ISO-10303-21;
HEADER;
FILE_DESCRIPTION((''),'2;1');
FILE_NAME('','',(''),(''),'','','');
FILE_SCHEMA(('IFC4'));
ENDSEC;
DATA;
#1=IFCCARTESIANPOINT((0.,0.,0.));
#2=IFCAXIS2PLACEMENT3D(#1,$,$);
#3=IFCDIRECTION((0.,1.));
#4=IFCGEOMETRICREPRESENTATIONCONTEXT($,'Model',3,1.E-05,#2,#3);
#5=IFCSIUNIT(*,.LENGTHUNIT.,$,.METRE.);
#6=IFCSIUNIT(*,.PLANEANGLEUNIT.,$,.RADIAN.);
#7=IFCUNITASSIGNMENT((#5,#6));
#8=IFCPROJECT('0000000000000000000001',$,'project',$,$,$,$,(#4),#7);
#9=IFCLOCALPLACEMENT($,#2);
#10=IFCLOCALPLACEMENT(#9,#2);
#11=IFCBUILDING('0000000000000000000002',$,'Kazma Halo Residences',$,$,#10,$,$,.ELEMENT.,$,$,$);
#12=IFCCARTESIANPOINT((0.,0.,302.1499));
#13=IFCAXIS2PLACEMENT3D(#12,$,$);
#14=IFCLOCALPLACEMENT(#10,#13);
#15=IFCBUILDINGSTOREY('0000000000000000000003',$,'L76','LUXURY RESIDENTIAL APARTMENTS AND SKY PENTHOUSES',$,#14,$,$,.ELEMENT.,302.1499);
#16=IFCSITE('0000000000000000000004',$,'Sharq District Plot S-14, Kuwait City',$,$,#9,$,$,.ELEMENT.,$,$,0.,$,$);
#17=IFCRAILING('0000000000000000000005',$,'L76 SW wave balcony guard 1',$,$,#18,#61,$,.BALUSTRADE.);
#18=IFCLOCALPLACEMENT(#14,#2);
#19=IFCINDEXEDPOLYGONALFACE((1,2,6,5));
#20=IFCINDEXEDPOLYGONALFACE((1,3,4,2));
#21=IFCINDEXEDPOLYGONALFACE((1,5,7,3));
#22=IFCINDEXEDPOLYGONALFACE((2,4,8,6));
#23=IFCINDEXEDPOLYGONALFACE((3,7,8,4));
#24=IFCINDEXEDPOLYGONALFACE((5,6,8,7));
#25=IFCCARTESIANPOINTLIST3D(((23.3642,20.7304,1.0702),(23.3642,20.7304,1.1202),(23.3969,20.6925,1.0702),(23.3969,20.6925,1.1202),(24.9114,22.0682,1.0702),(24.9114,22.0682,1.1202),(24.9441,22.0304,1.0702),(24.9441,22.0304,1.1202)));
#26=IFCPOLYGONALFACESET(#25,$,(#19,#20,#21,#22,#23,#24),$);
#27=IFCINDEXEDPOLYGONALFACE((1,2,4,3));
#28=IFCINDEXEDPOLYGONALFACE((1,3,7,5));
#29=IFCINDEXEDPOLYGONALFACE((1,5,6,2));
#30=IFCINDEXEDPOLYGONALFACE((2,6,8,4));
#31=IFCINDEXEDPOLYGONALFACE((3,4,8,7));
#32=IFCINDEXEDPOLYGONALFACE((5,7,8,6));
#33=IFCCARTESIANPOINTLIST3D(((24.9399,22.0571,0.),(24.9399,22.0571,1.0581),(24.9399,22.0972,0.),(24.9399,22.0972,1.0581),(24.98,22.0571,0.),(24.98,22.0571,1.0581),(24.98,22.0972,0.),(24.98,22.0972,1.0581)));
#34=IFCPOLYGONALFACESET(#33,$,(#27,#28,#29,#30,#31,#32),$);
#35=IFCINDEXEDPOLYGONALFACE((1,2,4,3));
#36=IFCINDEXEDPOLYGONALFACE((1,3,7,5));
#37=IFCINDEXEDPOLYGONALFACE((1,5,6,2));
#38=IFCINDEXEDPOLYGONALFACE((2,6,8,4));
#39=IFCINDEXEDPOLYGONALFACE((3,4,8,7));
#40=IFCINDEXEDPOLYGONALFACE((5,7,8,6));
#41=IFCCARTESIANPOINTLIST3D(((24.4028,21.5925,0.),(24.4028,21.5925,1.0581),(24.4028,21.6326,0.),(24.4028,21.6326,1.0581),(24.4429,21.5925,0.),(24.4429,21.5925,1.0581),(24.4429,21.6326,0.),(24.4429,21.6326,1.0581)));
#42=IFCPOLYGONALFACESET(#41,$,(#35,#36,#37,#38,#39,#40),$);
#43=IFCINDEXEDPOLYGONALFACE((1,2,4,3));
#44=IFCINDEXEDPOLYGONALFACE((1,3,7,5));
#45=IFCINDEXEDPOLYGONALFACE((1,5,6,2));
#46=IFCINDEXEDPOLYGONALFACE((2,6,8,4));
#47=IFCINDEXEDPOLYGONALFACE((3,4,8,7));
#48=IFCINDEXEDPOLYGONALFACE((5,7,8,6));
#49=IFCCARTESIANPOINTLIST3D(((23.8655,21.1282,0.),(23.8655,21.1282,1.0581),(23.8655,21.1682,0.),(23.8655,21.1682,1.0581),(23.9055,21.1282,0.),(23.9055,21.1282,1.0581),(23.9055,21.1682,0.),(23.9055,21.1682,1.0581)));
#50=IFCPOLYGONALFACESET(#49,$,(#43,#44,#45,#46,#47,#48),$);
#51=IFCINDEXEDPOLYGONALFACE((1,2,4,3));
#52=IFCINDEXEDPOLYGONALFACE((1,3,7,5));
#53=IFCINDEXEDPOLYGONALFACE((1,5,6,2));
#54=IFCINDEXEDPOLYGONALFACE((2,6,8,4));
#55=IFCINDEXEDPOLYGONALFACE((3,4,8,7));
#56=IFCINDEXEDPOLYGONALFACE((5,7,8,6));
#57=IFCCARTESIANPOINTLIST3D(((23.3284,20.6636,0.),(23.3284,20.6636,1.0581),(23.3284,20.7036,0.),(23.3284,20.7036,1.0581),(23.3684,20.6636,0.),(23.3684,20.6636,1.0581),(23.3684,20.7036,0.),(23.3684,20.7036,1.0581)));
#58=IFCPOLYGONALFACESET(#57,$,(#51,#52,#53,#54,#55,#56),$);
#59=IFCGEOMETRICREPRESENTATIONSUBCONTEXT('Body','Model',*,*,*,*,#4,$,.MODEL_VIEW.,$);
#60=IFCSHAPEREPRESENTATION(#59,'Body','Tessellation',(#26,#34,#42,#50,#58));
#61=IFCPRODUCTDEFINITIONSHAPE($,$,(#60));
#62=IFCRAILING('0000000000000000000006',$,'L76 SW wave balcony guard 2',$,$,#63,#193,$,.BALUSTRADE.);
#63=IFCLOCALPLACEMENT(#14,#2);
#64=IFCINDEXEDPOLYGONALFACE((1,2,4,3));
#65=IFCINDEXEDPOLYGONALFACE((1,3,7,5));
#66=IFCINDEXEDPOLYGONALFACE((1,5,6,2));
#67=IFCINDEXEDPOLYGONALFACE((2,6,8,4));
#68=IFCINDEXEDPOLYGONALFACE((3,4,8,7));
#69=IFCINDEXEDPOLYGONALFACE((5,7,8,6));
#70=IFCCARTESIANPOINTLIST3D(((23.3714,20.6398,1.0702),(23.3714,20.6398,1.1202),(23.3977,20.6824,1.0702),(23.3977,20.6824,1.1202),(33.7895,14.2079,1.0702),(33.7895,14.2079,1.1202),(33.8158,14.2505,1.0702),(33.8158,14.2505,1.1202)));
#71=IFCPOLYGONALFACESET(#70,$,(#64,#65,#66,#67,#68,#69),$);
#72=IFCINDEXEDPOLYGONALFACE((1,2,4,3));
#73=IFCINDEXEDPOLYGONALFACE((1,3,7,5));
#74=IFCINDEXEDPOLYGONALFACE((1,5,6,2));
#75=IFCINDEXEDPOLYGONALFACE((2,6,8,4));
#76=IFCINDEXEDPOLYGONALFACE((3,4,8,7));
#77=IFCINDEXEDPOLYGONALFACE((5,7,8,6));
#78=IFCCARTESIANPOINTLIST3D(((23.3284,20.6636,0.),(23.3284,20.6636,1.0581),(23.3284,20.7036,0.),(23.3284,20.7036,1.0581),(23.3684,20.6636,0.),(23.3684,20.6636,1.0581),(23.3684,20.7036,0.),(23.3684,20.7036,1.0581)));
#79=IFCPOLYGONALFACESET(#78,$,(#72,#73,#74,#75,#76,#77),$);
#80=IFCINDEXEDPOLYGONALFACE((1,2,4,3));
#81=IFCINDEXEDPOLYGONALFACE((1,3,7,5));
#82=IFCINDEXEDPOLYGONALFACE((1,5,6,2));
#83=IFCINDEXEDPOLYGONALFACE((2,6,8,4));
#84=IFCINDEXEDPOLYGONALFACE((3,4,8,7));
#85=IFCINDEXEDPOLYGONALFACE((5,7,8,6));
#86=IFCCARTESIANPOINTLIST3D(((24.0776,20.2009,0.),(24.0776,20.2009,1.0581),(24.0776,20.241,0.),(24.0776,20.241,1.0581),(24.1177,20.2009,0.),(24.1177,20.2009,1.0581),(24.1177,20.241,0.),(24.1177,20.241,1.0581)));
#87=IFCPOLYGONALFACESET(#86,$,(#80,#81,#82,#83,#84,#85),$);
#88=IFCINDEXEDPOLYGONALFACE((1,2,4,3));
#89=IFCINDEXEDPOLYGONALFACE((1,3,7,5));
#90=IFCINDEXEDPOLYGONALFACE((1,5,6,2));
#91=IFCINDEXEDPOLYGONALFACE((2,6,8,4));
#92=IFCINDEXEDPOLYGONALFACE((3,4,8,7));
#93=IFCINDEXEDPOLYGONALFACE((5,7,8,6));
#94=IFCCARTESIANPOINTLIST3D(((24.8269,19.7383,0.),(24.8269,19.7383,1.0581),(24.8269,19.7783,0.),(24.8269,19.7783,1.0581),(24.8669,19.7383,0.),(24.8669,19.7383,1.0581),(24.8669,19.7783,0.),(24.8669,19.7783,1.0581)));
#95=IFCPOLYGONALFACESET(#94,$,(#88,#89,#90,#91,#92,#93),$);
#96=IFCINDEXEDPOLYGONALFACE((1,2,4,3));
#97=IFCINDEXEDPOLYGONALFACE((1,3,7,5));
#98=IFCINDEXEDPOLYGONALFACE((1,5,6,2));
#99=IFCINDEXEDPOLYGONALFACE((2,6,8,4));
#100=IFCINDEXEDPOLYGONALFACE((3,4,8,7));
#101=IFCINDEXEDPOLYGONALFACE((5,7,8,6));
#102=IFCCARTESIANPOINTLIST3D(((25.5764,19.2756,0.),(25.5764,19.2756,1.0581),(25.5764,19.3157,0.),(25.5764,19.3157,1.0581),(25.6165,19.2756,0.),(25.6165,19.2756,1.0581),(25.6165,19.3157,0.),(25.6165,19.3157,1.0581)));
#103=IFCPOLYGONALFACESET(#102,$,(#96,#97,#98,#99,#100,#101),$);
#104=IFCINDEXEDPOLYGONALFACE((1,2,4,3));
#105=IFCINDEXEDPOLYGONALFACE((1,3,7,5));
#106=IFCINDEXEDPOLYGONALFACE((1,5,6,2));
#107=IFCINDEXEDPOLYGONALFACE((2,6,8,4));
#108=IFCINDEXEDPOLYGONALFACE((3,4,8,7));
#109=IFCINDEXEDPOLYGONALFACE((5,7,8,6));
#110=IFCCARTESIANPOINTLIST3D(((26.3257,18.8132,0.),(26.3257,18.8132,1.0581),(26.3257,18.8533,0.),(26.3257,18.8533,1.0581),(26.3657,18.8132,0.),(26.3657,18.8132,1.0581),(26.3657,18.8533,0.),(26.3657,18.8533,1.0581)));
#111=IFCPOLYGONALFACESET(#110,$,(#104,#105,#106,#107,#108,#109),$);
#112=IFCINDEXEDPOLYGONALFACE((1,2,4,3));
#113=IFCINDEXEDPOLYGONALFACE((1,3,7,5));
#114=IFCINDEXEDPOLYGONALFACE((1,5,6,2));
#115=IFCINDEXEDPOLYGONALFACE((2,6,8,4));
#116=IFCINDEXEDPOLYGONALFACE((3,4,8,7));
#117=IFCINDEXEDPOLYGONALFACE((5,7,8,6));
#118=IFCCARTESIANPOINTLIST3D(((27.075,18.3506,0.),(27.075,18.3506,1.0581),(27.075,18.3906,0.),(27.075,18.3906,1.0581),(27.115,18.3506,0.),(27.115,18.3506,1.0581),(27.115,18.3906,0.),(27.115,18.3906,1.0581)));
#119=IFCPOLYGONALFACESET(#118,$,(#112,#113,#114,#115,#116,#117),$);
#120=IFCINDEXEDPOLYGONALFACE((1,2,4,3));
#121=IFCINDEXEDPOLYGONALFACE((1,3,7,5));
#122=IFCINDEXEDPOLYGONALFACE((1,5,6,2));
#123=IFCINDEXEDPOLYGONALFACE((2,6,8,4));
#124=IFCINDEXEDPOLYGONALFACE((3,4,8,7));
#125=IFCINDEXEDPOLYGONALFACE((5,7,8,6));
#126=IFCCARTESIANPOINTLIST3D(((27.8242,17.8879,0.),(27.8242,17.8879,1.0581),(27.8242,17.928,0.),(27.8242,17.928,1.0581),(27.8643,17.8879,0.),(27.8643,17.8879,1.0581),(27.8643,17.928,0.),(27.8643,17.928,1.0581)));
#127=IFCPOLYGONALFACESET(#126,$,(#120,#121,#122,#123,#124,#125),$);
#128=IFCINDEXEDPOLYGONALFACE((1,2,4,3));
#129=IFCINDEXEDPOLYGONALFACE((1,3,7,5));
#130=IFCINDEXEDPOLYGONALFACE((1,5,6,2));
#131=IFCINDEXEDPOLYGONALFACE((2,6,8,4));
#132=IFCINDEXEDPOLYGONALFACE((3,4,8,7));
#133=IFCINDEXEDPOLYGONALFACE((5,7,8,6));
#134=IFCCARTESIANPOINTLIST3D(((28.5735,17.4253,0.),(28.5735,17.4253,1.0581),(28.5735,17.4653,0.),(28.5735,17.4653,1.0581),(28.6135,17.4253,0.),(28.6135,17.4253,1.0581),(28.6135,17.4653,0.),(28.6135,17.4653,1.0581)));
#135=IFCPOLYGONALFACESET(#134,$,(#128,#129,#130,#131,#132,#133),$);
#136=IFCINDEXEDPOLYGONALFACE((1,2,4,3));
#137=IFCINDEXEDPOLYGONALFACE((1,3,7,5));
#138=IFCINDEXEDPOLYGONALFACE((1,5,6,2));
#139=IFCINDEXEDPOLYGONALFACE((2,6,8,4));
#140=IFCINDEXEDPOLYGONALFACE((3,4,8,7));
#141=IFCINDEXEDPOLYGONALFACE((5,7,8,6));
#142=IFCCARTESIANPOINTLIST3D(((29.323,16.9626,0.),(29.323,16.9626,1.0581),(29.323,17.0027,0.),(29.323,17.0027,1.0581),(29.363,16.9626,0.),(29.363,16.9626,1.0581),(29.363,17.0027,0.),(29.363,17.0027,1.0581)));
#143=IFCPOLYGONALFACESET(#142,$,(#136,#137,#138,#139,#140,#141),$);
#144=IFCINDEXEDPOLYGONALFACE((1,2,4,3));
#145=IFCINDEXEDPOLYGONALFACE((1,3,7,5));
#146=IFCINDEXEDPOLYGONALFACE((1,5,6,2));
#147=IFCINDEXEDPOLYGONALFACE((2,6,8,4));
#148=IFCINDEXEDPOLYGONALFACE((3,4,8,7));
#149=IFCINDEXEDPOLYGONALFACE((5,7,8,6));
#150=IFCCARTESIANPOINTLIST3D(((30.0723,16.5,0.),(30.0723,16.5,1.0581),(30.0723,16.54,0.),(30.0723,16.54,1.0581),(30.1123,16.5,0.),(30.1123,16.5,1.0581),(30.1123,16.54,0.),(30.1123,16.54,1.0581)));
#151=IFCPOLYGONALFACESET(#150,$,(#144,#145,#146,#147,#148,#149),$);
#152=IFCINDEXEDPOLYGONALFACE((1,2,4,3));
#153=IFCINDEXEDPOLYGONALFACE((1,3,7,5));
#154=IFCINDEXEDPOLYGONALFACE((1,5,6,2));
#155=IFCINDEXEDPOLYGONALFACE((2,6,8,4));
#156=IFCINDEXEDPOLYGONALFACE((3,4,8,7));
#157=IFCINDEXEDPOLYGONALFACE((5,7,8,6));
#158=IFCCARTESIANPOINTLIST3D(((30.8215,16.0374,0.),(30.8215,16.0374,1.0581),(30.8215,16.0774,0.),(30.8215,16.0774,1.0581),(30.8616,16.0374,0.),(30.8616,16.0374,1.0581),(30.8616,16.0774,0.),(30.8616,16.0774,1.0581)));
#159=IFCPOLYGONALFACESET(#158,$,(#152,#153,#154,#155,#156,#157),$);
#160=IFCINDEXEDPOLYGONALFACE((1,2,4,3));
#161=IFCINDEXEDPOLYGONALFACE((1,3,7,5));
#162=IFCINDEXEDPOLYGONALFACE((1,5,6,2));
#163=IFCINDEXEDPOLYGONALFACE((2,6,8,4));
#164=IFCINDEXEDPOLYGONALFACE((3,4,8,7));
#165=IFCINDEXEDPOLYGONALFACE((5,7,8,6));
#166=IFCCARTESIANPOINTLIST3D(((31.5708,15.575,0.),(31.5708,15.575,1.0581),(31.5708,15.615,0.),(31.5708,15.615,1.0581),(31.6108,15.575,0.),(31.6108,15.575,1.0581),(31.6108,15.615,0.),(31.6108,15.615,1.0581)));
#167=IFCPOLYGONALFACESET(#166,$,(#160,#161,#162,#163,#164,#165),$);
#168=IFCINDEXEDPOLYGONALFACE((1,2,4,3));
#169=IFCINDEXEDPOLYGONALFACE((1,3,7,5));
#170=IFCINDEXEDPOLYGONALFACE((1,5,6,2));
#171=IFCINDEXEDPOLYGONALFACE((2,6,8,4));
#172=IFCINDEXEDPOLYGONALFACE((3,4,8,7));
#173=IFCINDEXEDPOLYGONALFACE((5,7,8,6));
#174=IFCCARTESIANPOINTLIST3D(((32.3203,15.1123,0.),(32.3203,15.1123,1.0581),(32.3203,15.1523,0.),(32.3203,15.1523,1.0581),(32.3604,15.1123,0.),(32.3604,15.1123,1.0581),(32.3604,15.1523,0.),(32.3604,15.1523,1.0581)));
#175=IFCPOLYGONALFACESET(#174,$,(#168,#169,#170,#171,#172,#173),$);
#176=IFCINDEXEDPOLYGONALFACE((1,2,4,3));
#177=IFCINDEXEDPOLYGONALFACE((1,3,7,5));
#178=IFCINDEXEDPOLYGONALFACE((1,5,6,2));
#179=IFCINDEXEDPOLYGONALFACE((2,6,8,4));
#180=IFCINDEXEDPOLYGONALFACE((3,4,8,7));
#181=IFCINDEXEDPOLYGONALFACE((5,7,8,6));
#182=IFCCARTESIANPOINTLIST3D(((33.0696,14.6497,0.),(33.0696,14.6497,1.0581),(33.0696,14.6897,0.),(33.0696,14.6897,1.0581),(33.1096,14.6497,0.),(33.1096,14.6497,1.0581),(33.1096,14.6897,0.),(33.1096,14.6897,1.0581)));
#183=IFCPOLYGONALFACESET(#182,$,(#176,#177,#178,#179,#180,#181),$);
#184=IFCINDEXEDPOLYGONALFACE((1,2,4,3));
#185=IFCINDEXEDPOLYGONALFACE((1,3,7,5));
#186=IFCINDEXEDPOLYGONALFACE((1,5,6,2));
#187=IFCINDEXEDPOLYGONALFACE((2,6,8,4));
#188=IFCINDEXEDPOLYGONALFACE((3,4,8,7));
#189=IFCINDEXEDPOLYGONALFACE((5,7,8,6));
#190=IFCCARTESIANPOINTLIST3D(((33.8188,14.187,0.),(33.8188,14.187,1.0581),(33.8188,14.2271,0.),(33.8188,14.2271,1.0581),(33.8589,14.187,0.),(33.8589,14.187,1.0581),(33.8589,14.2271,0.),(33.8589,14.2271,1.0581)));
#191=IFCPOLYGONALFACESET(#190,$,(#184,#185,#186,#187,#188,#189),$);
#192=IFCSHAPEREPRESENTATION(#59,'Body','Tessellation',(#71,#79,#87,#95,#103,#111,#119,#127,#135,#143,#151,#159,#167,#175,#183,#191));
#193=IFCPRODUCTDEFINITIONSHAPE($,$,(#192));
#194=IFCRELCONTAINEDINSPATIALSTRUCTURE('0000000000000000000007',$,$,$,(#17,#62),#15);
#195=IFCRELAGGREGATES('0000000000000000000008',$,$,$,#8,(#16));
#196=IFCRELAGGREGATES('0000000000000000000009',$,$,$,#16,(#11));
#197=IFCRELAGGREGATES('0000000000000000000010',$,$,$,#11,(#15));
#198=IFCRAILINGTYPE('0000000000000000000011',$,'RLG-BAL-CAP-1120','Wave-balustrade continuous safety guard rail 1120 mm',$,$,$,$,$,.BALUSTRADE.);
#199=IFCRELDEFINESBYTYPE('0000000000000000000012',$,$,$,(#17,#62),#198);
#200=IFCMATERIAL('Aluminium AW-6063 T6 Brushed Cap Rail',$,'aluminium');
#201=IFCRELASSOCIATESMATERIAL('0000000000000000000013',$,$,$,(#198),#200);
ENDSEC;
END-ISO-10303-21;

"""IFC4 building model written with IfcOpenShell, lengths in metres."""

from ifc_helpers import new_model, si_unit, direction, frame, origin, origin_2d, place, context, subcontext, project, spatial, rectangle, extrude, material, type_object, element, save


model = new_model("IFC4")

# Units and contexts
model_context = context("Model", 3, precision=1e-05, world=origin(), true_north=direction((0.0, 1.0)))
body_context = subcontext(model_context, "Body", "Model", "MODEL_VIEW")
ifc_project = project(units=[si_unit("LENGTHUNIT", "METRE"), si_unit("PLANEANGLEUNIT", "RADIAN")], contexts=[model_context])

# Site, building, storey
site_placement = place(None, origin())
site = spatial("IfcSite", under=ifc_project, at=site_placement, Name="Sharq District Plot S-14, Kuwait City", CompositionType="ELEMENT", RefElevation=0.0)
building_placement = place(site_placement, origin())
building = spatial("IfcBuilding", under=site, at=building_placement, Name="Kazma Halo Residences", CompositionType="ELEMENT")
storey_placement = place(building_placement, frame((0.0, 0.0, 302.1499)))
storey = spatial("IfcBuildingStorey", under=building, at=storey_placement, Name="L76", Description="LUXURY RESIDENTIAL APARTMENTS AND SKY PENTHOUSES", CompositionType="ELEMENT", Elevation=302.1499)

# Railings
ifc_material_1 = material(Name="Aluminium AW-6063 T6 Brushed Cap Rail", Category="aluminium")
railing_type = type_object("IfcRailingType", Name="RLG-BAL-CAP-1120", Description="Wave-balustrade continuous safety guard rail 1120 mm", PredefinedType="BALUSTRADE", material=ifc_material_1)
railing_1_placement = place(storey_placement, frame((24.96, 22.0771, 0.0)))
element("IfcRailing", 1, at=railing_1_placement, inside=storey, type_object=railing_type, Name="L76 SW wave balcony guard 1", PredefinedType="BALUSTRADE", context=body_context, shape_type="SweptSolid", body=[
    extrude(rectangle(XDim=0.05, YDim=0.05, at=origin_2d()), frame((-0.0322, -0.0278, 1.0952), z_axis=(-0.756418, -0.654088, 0.0), x_axis=(0.654088, -0.756418, 0.0)), (0.0, 0.0, 1.0), 2.0454),
    extrude(rectangle(XDim=0.04, YDim=0.04, at=origin_2d()), origin(), (0.0, 0.0, 1.0), 1.0581),
    extrude(rectangle(XDim=0.04, YDim=0.04, at=origin_2d()), frame((-0.5371, -0.4646, 0.0)), (0.0, 0.0, 1.0), 1.0581),
    extrude(rectangle(XDim=0.04, YDim=0.04, at=origin_2d()), frame((-1.0745, -0.929, 0.0)), (0.0, 0.0, 1.0), 1.0581),
    extrude(rectangle(XDim=0.04, YDim=0.04, at=origin_2d()), frame((-1.6116, -1.3936, 0.0)), (0.0, 0.0, 1.0), 1.0581),
])
railing_2_placement = place(storey_placement, frame((23.3484, 20.6836, 0.0)))
element("IfcRailing", 2, at=railing_2_placement, inside=storey, type_object=railing_type, Name="L76 SW wave balcony guard 2", PredefinedType="BALUSTRADE", context=body_context, shape_type="SweptSolid", body=[
    extrude(rectangle(XDim=0.05, YDim=0.05, at=origin_2d()), frame((0.0361, -0.0225, 1.0952), z_axis=(0.850901, -0.525325, 0.0), x_axis=(0.525325, 0.850901, 0.0)), (0.0, 0.0, 1.0), 12.2437),
    extrude(rectangle(XDim=0.04, YDim=0.04, at=origin_2d()), origin(), (0.0, 0.0, 1.0), 1.0581),
    extrude(rectangle(XDim=0.04, YDim=0.04, at=origin_2d()), frame((0.7493, -0.4626, 0.0)), (0.0, 0.0, 1.0), 1.0581),
    extrude(rectangle(XDim=0.04, YDim=0.04, at=origin_2d()), frame((1.4985, -0.9253, 0.0)), (0.0, 0.0, 1.0), 1.0581),
    extrude(rectangle(XDim=0.04, YDim=0.04, at=origin_2d()), frame((2.248, -1.3879, 0.0)), (0.0, 0.0, 1.0), 1.0581),
    extrude(rectangle(XDim=0.04, YDim=0.04, at=origin_2d()), frame((2.9973, -1.8503, 0.0)), (0.0, 0.0, 1.0), 1.0581),
    extrude(rectangle(XDim=0.04, YDim=0.04, at=origin_2d()), frame((3.7466, -2.313, 0.0)), (0.0, 0.0, 1.0), 1.0581),
    extrude(rectangle(XDim=0.04, YDim=0.04, at=origin_2d()), frame((4.4958, -2.7756, 0.0)), (0.0, 0.0, 1.0), 1.0581),
    extrude(rectangle(XDim=0.04, YDim=0.04, at=origin_2d()), frame((5.2451, -3.2383, 0.0)), (0.0, 0.0, 1.0), 1.0581),
    extrude(rectangle(XDim=0.04, YDim=0.04, at=origin_2d()), frame((5.9946, -3.7009, 0.0)), (0.0, 0.0, 1.0), 1.0581),
    extrude(rectangle(XDim=0.04, YDim=0.04, at=origin_2d()), frame((6.7439, -4.1636, 0.0)), (0.0, 0.0, 1.0), 1.0581),
    extrude(rectangle(XDim=0.04, YDim=0.04, at=origin_2d()), frame((7.4932, -4.6262, 0.0)), (0.0, 0.0, 1.0), 1.0581),
    extrude(rectangle(XDim=0.04, YDim=0.04, at=origin_2d()), frame((8.2424, -5.0886, 0.0)), (0.0, 0.0, 1.0), 1.0581),
    extrude(rectangle(XDim=0.04, YDim=0.04, at=origin_2d()), frame((8.9919, -5.5513, 0.0)), (0.0, 0.0, 1.0), 1.0581),
    extrude(rectangle(XDim=0.04, YDim=0.04, at=origin_2d()), frame((9.7412, -6.0139, 0.0)), (0.0, 0.0, 1.0), 1.0581),
    extrude(rectangle(XDim=0.04, YDim=0.04, at=origin_2d()), frame((10.4905, -6.4766, 0.0)), (0.0, 0.0, 1.0), 1.0581),
])

save(model, "model.ifc")
